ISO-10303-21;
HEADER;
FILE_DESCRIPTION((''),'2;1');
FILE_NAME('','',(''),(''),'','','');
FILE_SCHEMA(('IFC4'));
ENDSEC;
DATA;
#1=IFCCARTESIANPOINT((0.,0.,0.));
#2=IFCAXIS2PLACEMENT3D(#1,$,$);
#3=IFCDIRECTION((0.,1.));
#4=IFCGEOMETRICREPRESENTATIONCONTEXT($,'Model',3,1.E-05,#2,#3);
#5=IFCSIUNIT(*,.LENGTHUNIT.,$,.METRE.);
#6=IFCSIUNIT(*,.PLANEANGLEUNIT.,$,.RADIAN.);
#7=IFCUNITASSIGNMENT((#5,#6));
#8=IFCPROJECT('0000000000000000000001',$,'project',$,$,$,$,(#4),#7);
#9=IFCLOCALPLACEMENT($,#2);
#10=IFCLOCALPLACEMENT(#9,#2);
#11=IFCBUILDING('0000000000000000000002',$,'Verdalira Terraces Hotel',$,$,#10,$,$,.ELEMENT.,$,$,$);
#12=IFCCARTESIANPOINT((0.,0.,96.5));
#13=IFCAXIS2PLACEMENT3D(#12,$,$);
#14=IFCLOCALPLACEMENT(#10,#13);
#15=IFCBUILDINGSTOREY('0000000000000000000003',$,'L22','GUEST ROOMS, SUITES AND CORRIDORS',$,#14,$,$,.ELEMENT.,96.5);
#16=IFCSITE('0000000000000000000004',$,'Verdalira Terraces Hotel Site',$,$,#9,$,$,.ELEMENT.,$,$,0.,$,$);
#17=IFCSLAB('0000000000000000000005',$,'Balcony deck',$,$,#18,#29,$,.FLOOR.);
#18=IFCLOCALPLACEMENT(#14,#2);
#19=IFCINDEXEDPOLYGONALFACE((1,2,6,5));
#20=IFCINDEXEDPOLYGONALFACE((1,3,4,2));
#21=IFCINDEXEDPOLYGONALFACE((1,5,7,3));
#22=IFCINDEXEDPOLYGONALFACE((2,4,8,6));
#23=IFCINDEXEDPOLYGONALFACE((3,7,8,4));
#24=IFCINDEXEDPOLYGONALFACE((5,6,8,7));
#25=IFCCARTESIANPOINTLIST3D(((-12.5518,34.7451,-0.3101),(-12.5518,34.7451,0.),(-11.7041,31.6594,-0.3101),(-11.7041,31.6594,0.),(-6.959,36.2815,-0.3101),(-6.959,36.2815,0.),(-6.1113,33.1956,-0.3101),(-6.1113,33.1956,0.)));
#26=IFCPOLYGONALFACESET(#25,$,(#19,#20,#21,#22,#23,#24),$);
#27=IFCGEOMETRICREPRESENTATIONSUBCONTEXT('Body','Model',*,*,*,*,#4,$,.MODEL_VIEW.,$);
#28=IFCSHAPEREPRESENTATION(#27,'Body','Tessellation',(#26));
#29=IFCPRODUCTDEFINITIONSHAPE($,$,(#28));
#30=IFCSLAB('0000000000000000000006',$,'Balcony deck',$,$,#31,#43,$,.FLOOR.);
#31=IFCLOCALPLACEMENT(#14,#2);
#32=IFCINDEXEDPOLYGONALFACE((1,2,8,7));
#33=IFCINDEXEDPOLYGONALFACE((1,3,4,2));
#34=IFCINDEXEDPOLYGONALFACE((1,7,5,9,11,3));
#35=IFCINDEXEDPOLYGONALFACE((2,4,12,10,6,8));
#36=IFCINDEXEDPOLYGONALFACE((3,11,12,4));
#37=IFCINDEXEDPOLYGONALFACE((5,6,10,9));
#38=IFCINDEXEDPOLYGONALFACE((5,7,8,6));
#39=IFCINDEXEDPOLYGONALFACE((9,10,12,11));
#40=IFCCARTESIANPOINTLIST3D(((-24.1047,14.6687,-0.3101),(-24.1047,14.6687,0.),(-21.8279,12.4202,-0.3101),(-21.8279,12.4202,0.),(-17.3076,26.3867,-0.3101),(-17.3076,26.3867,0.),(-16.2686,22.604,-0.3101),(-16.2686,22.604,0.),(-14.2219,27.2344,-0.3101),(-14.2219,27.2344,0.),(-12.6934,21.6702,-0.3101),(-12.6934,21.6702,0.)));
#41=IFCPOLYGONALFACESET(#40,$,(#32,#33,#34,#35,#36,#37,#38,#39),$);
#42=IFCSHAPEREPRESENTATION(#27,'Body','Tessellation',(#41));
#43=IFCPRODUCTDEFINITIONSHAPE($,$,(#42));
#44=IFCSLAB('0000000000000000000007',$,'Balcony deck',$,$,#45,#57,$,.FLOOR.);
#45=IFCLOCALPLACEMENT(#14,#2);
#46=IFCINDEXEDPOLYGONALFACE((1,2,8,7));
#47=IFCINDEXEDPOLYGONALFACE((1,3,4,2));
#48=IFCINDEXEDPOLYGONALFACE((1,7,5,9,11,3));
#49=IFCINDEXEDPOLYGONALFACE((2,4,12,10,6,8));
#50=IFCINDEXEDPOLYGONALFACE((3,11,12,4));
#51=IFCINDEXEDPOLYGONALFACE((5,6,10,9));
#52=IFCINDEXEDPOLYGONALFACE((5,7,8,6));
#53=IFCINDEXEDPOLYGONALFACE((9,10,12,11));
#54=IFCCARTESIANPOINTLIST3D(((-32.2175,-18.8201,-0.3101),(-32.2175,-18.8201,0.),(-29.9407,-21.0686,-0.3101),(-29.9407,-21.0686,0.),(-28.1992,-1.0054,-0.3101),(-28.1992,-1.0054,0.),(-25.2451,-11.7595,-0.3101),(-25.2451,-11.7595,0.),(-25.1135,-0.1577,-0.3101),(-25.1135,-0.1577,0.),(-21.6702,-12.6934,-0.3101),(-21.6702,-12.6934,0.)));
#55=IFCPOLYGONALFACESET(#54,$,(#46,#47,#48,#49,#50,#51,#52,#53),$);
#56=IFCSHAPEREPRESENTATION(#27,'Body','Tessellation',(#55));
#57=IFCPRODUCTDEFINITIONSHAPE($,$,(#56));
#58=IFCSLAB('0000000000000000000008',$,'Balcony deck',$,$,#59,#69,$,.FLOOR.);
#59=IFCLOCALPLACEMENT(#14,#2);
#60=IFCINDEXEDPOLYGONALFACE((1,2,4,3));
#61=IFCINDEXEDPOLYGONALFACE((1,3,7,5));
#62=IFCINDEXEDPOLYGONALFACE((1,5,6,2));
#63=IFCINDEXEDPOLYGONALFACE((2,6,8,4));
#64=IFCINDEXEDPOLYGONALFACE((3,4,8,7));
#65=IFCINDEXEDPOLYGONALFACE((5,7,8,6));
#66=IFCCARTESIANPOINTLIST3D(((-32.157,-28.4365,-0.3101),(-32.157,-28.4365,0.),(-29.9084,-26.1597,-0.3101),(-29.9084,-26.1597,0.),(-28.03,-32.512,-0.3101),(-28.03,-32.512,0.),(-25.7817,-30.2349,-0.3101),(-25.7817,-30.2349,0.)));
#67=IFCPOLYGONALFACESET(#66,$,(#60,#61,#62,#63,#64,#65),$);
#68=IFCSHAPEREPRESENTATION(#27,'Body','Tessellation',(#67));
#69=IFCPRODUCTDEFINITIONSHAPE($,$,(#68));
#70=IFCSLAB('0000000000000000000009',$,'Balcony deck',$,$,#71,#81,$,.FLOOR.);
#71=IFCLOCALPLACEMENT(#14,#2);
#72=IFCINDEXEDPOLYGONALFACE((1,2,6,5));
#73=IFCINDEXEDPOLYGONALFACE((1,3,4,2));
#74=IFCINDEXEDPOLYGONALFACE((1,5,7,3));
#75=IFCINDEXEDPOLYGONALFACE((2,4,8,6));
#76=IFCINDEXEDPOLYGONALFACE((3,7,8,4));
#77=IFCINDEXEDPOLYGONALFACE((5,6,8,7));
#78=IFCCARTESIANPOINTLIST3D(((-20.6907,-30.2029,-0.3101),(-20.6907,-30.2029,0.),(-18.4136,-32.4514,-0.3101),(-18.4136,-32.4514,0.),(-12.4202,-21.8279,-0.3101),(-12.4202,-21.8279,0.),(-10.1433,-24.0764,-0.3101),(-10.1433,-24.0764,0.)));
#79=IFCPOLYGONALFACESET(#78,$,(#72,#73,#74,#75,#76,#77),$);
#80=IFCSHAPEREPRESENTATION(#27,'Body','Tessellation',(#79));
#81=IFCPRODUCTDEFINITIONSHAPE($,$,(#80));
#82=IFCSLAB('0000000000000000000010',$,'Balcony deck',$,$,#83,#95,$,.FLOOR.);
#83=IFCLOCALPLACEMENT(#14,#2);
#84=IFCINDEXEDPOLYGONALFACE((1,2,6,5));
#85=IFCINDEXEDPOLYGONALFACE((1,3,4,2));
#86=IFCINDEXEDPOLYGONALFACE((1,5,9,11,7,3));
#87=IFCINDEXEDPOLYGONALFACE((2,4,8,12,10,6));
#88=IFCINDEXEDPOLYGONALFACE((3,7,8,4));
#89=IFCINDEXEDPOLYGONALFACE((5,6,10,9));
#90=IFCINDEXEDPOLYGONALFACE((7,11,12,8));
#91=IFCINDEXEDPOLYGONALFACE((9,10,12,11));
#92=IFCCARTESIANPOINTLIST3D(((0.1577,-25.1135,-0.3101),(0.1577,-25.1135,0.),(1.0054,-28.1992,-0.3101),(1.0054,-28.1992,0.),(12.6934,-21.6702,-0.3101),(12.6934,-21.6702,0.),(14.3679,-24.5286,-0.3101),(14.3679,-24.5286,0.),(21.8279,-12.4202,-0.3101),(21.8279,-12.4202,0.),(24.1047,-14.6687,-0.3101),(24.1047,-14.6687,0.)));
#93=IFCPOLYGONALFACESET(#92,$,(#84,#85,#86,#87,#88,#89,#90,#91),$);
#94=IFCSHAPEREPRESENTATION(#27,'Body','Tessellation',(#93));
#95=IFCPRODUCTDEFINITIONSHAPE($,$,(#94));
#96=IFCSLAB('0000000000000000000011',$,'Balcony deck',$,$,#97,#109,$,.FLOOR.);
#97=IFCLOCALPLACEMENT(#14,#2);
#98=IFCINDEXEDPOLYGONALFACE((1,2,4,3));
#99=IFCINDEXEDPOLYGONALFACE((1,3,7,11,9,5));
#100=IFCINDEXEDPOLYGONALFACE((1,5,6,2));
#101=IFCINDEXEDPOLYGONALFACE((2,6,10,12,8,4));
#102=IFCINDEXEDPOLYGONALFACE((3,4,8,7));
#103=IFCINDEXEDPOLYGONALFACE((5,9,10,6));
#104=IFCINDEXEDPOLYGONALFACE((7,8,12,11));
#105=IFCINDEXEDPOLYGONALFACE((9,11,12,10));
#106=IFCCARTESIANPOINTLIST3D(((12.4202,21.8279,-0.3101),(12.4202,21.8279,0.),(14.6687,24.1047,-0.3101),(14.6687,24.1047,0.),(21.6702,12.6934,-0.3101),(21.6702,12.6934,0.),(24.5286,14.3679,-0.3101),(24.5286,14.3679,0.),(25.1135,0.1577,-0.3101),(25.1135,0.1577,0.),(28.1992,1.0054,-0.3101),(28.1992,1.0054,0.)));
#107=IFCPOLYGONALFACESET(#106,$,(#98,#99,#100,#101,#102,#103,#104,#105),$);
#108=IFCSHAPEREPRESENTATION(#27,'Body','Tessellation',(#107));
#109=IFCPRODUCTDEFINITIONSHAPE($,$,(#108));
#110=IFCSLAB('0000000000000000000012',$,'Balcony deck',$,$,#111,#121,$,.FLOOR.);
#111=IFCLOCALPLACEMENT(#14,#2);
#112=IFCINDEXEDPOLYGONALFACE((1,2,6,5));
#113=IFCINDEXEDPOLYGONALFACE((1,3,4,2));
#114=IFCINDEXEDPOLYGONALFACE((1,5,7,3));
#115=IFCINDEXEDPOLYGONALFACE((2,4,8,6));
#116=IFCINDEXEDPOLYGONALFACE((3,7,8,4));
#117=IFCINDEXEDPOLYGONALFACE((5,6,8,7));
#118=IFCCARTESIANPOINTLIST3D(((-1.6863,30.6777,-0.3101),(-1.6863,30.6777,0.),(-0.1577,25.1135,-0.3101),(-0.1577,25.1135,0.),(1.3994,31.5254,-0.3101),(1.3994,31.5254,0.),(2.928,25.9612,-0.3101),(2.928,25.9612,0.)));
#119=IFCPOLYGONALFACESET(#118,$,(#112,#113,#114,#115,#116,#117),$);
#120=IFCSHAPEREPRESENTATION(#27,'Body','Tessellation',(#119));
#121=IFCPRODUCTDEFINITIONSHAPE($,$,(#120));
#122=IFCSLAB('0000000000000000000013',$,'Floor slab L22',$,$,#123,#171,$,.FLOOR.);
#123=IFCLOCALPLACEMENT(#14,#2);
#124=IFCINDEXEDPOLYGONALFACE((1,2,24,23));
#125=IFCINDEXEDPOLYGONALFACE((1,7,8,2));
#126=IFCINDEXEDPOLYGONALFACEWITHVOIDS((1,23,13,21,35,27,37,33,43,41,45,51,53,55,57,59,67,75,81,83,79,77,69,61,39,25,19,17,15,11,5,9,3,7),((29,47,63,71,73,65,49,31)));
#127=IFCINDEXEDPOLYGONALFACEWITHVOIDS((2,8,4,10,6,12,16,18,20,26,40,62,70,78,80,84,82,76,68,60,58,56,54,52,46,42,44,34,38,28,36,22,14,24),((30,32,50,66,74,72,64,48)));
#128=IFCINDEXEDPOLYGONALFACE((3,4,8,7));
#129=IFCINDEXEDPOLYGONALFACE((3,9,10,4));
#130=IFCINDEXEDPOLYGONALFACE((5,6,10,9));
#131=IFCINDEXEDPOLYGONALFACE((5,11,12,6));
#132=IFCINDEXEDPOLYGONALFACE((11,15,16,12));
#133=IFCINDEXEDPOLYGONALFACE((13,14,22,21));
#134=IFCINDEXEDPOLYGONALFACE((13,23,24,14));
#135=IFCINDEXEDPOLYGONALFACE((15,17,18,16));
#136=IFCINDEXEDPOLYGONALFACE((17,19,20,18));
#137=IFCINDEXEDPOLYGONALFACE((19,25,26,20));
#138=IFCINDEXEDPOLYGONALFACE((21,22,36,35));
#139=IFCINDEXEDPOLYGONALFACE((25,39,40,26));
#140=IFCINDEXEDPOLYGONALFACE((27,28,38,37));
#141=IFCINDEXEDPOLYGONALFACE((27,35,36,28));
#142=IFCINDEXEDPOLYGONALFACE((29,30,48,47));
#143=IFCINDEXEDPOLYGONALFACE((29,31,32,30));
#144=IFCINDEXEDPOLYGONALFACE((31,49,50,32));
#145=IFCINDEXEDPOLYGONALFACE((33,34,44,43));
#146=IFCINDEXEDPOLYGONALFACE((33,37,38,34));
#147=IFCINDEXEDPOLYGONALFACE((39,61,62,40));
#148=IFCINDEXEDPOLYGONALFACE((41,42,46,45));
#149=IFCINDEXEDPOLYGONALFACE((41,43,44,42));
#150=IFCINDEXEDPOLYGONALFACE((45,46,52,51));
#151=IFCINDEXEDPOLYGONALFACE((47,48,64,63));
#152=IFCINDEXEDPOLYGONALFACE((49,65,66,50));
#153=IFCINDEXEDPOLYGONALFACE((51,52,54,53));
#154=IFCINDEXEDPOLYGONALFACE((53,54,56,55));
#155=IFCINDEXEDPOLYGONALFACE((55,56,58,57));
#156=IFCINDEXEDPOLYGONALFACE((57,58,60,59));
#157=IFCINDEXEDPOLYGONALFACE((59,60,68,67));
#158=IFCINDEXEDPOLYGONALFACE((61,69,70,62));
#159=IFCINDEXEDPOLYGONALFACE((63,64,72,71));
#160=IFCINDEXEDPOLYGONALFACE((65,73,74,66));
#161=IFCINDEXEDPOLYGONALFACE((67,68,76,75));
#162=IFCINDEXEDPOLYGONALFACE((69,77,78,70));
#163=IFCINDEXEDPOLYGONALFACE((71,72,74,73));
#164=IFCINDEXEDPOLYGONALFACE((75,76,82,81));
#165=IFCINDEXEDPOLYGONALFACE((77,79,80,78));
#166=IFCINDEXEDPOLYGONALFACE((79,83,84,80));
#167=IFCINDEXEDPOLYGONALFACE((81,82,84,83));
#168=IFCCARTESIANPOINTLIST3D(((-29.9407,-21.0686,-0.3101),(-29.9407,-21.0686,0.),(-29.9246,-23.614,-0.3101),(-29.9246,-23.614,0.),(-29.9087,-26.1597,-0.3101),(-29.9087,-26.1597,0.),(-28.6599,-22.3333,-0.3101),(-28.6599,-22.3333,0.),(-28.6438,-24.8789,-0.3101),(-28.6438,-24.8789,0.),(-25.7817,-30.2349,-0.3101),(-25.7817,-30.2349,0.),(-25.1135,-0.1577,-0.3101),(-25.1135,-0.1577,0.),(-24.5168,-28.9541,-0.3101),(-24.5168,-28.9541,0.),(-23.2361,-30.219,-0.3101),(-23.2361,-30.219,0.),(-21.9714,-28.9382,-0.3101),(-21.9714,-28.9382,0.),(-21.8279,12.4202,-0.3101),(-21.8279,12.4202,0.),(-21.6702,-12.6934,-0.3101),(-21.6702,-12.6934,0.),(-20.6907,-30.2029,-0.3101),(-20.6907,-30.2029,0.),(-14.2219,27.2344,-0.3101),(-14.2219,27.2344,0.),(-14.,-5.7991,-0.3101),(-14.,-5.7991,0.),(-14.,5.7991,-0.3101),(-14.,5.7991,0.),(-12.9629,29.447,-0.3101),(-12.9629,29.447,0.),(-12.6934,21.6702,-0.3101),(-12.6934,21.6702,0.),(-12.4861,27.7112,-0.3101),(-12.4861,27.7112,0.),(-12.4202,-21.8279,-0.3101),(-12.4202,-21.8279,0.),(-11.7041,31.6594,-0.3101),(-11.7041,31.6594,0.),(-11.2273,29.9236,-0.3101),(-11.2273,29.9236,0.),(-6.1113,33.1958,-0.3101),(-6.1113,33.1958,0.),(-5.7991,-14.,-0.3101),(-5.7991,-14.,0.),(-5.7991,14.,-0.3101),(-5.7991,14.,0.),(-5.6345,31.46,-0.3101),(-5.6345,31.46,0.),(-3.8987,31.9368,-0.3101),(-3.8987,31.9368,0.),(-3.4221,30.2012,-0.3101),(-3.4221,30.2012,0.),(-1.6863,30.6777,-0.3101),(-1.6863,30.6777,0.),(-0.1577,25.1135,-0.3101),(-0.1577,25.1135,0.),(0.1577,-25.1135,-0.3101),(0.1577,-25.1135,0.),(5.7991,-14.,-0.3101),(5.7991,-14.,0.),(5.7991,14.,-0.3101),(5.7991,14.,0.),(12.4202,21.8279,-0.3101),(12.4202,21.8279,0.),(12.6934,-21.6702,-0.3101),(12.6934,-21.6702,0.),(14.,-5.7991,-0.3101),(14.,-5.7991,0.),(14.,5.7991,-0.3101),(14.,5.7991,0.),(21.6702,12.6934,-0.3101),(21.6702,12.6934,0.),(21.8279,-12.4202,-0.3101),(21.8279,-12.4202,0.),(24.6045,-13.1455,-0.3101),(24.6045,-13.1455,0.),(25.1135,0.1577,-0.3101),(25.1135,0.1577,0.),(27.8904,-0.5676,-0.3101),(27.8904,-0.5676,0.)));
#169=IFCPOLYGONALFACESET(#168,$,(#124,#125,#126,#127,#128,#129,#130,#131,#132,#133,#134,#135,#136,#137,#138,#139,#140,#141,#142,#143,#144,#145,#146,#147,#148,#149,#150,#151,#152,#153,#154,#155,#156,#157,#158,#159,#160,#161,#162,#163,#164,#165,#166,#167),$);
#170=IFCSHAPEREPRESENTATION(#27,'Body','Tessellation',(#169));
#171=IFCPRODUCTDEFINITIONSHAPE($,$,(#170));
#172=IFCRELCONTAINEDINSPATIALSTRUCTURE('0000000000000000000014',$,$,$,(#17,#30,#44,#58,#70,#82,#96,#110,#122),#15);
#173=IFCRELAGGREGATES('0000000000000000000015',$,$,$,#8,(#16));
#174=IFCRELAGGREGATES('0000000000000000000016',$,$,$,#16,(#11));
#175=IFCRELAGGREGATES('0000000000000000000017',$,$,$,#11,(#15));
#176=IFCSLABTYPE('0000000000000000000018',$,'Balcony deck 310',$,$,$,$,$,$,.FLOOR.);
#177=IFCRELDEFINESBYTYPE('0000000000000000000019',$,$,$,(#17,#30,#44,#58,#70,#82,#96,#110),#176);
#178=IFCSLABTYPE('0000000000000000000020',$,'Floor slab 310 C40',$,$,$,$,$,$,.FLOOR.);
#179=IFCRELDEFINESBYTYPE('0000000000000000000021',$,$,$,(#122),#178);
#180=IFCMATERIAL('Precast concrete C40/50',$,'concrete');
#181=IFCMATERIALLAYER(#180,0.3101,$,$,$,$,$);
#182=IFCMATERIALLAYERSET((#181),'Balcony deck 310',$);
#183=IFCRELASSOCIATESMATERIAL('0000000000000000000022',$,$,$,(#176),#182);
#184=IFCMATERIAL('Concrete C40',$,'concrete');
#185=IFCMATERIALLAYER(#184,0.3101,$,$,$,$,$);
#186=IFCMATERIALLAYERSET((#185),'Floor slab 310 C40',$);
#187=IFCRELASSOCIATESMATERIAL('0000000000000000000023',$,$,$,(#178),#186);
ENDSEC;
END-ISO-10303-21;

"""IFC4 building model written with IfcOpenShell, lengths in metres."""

from ifc_helpers import new_model, si_unit, direction, frame, origin, place, context, subcontext, project, spatial, polyline, outline, extrude, material, layer, layer_set, type_object, element, save


model = new_model("IFC4")

# Units and contexts
model_context = context("Model", 3, precision=1e-05, world=origin(), true_north=direction((0.0, 1.0)))
body_context = subcontext(model_context, "Body", "Model", "MODEL_VIEW")
ifc_project = project(units=[si_unit("LENGTHUNIT", "METRE"), si_unit("PLANEANGLEUNIT", "RADIAN")], contexts=[model_context])

# Site, building, storey
site_placement = place(None, origin())
site = spatial("IfcSite", under=ifc_project, at=site_placement, Name="Verdalira Terraces Hotel Site", CompositionType="ELEMENT", RefElevation=0.0)
building_placement = place(site_placement, origin())
building = spatial("IfcBuilding", under=site, at=building_placement, Name="Verdalira Terraces Hotel", CompositionType="ELEMENT")
storey_placement = place(building_placement, frame((0.0, 0.0, 96.5)))
storey = spatial("IfcBuildingStorey", under=building, at=storey_placement, Name="L22", Description="GUEST ROOMS, SUITES AND CORRIDORS", CompositionType="ELEMENT", Elevation=96.5)

# Slabs
ifc_material_1 = material(Name="Precast concrete C40/50", Category="concrete")
ifc_layer_1 = layer(ifc_material_1, 0.3101)
ifc_layer_set_1 = layer_set([ifc_layer_1], Name="Balcony deck 310")
slab_type_1 = type_object("IfcSlabType", Name="Balcony deck 310", PredefinedType="FLOOR", material=ifc_layer_set_1)
slab_1_placement = place(storey_placement, frame((0.0, 0.0, -0.3101)))
element("IfcSlab", 1, at=slab_1_placement, inside=storey, type_object=slab_type_1, Name="Balcony deck", PredefinedType="FLOOR", context=body_context, shape_type="SweptSolid", body=[
    extrude(outline(polyline([(-12.5518, 34.7451), (-11.7041, 31.6594), (-6.1113, 33.1956), (-6.959, 36.2815), (-12.5518, 34.7451)])), origin(), (0.0, 0.0, 1.0), 0.3101),
])
slab_2_placement = place(storey_placement, frame((0.0, 0.0, -0.3101)))
element("IfcSlab", 2, at=slab_2_placement, inside=storey, type_object=slab_type_1, Name="Balcony deck", PredefinedType="FLOOR", context=body_context, shape_type="SweptSolid", body=[
    extrude(outline(polyline([(-16.2686, 22.604), (-24.1047, 14.6687), (-21.8279, 12.4202), (-12.6934, 21.6702), (-14.2219, 27.2344), (-17.3076, 26.3867), (-16.2686, 22.604)])), origin(), (0.0, 0.0, 1.0), 0.3101),
])
slab_3_placement = place(storey_placement, frame((0.0, 0.0, -0.3101)))
element("IfcSlab", 3, at=slab_3_placement, inside=storey, type_object=slab_type_1, Name="Balcony deck", PredefinedType="FLOOR", context=body_context, shape_type="SweptSolid", body=[
    extrude(outline(polyline([(-25.2451, -11.7595), (-32.2175, -18.8201), (-29.9407, -21.0686), (-21.6702, -12.6934), (-25.1135, -0.1577), (-28.1992, -1.0054), (-25.2451, -11.7595)])), origin(), (0.0, 0.0, 1.0), 0.3101),
])
slab_4_placement = place(storey_placement, frame((0.0, 0.0, -0.3101)))
element("IfcSlab", 4, at=slab_4_placement, inside=storey, type_object=slab_type_1, Name="Balcony deck", PredefinedType="FLOOR", context=body_context, shape_type="SweptSolid", body=[
    extrude(outline(polyline([(-28.03, -32.512), (-25.7817, -30.2349), (-29.9084, -26.1597), (-32.157, -28.4365), (-28.03, -32.512)])), origin(), (0.0, 0.0, 1.0), 0.3101),
])
slab_5_placement = place(storey_placement, frame((0.0, 0.0, -0.3101)))
element("IfcSlab", 5, at=slab_5_placement, inside=storey, type_object=slab_type_1, Name="Balcony deck", PredefinedType="FLOOR", context=body_context, shape_type="SweptSolid", body=[
    extrude(outline(polyline([(-10.1433, -24.0764), (-12.4202, -21.8279), (-20.6907, -30.2029), (-18.4136, -32.4514), (-10.1433, -24.0764)])), origin(), (0.0, 0.0, 1.0), 0.3101),
])
slab_6_placement = place(storey_placement, frame((0.0, 0.0, -0.3101)))
element("IfcSlab", 6, at=slab_6_placement, inside=storey, type_object=slab_type_1, Name="Balcony deck", PredefinedType="FLOOR", context=body_context, shape_type="SweptSolid", body=[
    extrude(outline(polyline([(24.1047, -14.6687), (21.8279, -12.4202), (12.6934, -21.6702), (0.1577, -25.1135), (1.0054, -28.1992), (14.3679, -24.5286), (24.1047, -14.6687)])), origin(), (0.0, 0.0, 1.0), 0.3101),
])
slab_7_placement = place(storey_placement, frame((0.0, 0.0, -0.3101)))
element("IfcSlab", 7, at=slab_7_placement, inside=storey, type_object=slab_type_1, Name="Balcony deck", PredefinedType="FLOOR", context=body_context, shape_type="SweptSolid", body=[
    extrude(outline(polyline([(14.6687, 24.1047), (12.4202, 21.8279), (21.6702, 12.6934), (25.1135, 0.1577), (28.1992, 1.0054), (24.5286, 14.3679), (14.6687, 24.1047)])), origin(), (0.0, 0.0, 1.0), 0.3101),
])
slab_8_placement = place(storey_placement, frame((0.0, 0.0, -0.3101)))
element("IfcSlab", 8, at=slab_8_placement, inside=storey, type_object=slab_type_1, Name="Balcony deck", PredefinedType="FLOOR", context=body_context, shape_type="SweptSolid", body=[
    extrude(outline(polyline([(1.3994, 31.5254), (-1.6863, 30.6777), (-0.1577, 25.1135), (2.928, 25.9612), (1.3994, 31.5254)])), origin(), (0.0, 0.0, 1.0), 0.3101),
])
ifc_material_2 = material(Name="Concrete C40", Category="concrete")
ifc_layer_2 = layer(ifc_material_2, 0.3101)
ifc_layer_set_2 = layer_set([ifc_layer_2], Name="Floor slab 310 C40")
slab_type_2 = type_object("IfcSlabType", Name="Floor slab 310 C40", PredefinedType="FLOOR", material=ifc_layer_set_2)
slab_9_placement = place(storey_placement, frame((0.0, 0.0, -0.3101)))
element("IfcSlab", 9, at=slab_9_placement, inside=storey, type_object=slab_type_2, Name="Floor slab L22", PredefinedType="FLOOR", context=body_context, shape_type="SweptSolid", body=[
    extrude(outline(polyline([(12.6934, -21.6702), (21.8279, -12.4202), (24.6045, -13.1455), (27.8904, -0.5676), (25.1135, 0.1577), (21.6702, 12.6934), (12.4202, 21.8279), (-0.1577, 25.1135), (-1.6863, 30.6777), (-3.4221, 30.2012), (-3.8987, 31.9368), (-5.6345, 31.46), (-6.1113, 33.1958), (-11.7041, 31.6594), (-11.2273, 29.9236), (-12.9629, 29.447), (-12.4861, 27.7112), (-14.2219, 27.2344), (-12.6934, 21.6702), (-21.8279, 12.4202), (-25.1135, -0.1577), (-21.6702, -12.6934), (-29.9407, -21.0686), (-28.6599, -22.3333), (-29.9246, -23.614), (-28.6438, -24.8789), (-29.9087, -26.1597), (-25.7817, -30.2349), (-24.5168, -28.9541), (-23.2361, -30.219), (-21.9714, -28.9382), (-20.6907, -30.2029), (-12.4202, -21.8279), (0.1577, -25.1135), (12.6934, -21.6702)]), holes=[polyline([(5.7991, 14.0), (14.0, 5.7991), (14.0, -5.7991), (5.7991, -14.0), (-5.7991, -14.0), (-14.0, -5.7991), (-14.0, 5.7991), (-5.7991, 14.0), (5.7991, 14.0)])]), origin(), (0.0, 0.0, 1.0), 0.3101),
])

save(model, "model.ifc")
